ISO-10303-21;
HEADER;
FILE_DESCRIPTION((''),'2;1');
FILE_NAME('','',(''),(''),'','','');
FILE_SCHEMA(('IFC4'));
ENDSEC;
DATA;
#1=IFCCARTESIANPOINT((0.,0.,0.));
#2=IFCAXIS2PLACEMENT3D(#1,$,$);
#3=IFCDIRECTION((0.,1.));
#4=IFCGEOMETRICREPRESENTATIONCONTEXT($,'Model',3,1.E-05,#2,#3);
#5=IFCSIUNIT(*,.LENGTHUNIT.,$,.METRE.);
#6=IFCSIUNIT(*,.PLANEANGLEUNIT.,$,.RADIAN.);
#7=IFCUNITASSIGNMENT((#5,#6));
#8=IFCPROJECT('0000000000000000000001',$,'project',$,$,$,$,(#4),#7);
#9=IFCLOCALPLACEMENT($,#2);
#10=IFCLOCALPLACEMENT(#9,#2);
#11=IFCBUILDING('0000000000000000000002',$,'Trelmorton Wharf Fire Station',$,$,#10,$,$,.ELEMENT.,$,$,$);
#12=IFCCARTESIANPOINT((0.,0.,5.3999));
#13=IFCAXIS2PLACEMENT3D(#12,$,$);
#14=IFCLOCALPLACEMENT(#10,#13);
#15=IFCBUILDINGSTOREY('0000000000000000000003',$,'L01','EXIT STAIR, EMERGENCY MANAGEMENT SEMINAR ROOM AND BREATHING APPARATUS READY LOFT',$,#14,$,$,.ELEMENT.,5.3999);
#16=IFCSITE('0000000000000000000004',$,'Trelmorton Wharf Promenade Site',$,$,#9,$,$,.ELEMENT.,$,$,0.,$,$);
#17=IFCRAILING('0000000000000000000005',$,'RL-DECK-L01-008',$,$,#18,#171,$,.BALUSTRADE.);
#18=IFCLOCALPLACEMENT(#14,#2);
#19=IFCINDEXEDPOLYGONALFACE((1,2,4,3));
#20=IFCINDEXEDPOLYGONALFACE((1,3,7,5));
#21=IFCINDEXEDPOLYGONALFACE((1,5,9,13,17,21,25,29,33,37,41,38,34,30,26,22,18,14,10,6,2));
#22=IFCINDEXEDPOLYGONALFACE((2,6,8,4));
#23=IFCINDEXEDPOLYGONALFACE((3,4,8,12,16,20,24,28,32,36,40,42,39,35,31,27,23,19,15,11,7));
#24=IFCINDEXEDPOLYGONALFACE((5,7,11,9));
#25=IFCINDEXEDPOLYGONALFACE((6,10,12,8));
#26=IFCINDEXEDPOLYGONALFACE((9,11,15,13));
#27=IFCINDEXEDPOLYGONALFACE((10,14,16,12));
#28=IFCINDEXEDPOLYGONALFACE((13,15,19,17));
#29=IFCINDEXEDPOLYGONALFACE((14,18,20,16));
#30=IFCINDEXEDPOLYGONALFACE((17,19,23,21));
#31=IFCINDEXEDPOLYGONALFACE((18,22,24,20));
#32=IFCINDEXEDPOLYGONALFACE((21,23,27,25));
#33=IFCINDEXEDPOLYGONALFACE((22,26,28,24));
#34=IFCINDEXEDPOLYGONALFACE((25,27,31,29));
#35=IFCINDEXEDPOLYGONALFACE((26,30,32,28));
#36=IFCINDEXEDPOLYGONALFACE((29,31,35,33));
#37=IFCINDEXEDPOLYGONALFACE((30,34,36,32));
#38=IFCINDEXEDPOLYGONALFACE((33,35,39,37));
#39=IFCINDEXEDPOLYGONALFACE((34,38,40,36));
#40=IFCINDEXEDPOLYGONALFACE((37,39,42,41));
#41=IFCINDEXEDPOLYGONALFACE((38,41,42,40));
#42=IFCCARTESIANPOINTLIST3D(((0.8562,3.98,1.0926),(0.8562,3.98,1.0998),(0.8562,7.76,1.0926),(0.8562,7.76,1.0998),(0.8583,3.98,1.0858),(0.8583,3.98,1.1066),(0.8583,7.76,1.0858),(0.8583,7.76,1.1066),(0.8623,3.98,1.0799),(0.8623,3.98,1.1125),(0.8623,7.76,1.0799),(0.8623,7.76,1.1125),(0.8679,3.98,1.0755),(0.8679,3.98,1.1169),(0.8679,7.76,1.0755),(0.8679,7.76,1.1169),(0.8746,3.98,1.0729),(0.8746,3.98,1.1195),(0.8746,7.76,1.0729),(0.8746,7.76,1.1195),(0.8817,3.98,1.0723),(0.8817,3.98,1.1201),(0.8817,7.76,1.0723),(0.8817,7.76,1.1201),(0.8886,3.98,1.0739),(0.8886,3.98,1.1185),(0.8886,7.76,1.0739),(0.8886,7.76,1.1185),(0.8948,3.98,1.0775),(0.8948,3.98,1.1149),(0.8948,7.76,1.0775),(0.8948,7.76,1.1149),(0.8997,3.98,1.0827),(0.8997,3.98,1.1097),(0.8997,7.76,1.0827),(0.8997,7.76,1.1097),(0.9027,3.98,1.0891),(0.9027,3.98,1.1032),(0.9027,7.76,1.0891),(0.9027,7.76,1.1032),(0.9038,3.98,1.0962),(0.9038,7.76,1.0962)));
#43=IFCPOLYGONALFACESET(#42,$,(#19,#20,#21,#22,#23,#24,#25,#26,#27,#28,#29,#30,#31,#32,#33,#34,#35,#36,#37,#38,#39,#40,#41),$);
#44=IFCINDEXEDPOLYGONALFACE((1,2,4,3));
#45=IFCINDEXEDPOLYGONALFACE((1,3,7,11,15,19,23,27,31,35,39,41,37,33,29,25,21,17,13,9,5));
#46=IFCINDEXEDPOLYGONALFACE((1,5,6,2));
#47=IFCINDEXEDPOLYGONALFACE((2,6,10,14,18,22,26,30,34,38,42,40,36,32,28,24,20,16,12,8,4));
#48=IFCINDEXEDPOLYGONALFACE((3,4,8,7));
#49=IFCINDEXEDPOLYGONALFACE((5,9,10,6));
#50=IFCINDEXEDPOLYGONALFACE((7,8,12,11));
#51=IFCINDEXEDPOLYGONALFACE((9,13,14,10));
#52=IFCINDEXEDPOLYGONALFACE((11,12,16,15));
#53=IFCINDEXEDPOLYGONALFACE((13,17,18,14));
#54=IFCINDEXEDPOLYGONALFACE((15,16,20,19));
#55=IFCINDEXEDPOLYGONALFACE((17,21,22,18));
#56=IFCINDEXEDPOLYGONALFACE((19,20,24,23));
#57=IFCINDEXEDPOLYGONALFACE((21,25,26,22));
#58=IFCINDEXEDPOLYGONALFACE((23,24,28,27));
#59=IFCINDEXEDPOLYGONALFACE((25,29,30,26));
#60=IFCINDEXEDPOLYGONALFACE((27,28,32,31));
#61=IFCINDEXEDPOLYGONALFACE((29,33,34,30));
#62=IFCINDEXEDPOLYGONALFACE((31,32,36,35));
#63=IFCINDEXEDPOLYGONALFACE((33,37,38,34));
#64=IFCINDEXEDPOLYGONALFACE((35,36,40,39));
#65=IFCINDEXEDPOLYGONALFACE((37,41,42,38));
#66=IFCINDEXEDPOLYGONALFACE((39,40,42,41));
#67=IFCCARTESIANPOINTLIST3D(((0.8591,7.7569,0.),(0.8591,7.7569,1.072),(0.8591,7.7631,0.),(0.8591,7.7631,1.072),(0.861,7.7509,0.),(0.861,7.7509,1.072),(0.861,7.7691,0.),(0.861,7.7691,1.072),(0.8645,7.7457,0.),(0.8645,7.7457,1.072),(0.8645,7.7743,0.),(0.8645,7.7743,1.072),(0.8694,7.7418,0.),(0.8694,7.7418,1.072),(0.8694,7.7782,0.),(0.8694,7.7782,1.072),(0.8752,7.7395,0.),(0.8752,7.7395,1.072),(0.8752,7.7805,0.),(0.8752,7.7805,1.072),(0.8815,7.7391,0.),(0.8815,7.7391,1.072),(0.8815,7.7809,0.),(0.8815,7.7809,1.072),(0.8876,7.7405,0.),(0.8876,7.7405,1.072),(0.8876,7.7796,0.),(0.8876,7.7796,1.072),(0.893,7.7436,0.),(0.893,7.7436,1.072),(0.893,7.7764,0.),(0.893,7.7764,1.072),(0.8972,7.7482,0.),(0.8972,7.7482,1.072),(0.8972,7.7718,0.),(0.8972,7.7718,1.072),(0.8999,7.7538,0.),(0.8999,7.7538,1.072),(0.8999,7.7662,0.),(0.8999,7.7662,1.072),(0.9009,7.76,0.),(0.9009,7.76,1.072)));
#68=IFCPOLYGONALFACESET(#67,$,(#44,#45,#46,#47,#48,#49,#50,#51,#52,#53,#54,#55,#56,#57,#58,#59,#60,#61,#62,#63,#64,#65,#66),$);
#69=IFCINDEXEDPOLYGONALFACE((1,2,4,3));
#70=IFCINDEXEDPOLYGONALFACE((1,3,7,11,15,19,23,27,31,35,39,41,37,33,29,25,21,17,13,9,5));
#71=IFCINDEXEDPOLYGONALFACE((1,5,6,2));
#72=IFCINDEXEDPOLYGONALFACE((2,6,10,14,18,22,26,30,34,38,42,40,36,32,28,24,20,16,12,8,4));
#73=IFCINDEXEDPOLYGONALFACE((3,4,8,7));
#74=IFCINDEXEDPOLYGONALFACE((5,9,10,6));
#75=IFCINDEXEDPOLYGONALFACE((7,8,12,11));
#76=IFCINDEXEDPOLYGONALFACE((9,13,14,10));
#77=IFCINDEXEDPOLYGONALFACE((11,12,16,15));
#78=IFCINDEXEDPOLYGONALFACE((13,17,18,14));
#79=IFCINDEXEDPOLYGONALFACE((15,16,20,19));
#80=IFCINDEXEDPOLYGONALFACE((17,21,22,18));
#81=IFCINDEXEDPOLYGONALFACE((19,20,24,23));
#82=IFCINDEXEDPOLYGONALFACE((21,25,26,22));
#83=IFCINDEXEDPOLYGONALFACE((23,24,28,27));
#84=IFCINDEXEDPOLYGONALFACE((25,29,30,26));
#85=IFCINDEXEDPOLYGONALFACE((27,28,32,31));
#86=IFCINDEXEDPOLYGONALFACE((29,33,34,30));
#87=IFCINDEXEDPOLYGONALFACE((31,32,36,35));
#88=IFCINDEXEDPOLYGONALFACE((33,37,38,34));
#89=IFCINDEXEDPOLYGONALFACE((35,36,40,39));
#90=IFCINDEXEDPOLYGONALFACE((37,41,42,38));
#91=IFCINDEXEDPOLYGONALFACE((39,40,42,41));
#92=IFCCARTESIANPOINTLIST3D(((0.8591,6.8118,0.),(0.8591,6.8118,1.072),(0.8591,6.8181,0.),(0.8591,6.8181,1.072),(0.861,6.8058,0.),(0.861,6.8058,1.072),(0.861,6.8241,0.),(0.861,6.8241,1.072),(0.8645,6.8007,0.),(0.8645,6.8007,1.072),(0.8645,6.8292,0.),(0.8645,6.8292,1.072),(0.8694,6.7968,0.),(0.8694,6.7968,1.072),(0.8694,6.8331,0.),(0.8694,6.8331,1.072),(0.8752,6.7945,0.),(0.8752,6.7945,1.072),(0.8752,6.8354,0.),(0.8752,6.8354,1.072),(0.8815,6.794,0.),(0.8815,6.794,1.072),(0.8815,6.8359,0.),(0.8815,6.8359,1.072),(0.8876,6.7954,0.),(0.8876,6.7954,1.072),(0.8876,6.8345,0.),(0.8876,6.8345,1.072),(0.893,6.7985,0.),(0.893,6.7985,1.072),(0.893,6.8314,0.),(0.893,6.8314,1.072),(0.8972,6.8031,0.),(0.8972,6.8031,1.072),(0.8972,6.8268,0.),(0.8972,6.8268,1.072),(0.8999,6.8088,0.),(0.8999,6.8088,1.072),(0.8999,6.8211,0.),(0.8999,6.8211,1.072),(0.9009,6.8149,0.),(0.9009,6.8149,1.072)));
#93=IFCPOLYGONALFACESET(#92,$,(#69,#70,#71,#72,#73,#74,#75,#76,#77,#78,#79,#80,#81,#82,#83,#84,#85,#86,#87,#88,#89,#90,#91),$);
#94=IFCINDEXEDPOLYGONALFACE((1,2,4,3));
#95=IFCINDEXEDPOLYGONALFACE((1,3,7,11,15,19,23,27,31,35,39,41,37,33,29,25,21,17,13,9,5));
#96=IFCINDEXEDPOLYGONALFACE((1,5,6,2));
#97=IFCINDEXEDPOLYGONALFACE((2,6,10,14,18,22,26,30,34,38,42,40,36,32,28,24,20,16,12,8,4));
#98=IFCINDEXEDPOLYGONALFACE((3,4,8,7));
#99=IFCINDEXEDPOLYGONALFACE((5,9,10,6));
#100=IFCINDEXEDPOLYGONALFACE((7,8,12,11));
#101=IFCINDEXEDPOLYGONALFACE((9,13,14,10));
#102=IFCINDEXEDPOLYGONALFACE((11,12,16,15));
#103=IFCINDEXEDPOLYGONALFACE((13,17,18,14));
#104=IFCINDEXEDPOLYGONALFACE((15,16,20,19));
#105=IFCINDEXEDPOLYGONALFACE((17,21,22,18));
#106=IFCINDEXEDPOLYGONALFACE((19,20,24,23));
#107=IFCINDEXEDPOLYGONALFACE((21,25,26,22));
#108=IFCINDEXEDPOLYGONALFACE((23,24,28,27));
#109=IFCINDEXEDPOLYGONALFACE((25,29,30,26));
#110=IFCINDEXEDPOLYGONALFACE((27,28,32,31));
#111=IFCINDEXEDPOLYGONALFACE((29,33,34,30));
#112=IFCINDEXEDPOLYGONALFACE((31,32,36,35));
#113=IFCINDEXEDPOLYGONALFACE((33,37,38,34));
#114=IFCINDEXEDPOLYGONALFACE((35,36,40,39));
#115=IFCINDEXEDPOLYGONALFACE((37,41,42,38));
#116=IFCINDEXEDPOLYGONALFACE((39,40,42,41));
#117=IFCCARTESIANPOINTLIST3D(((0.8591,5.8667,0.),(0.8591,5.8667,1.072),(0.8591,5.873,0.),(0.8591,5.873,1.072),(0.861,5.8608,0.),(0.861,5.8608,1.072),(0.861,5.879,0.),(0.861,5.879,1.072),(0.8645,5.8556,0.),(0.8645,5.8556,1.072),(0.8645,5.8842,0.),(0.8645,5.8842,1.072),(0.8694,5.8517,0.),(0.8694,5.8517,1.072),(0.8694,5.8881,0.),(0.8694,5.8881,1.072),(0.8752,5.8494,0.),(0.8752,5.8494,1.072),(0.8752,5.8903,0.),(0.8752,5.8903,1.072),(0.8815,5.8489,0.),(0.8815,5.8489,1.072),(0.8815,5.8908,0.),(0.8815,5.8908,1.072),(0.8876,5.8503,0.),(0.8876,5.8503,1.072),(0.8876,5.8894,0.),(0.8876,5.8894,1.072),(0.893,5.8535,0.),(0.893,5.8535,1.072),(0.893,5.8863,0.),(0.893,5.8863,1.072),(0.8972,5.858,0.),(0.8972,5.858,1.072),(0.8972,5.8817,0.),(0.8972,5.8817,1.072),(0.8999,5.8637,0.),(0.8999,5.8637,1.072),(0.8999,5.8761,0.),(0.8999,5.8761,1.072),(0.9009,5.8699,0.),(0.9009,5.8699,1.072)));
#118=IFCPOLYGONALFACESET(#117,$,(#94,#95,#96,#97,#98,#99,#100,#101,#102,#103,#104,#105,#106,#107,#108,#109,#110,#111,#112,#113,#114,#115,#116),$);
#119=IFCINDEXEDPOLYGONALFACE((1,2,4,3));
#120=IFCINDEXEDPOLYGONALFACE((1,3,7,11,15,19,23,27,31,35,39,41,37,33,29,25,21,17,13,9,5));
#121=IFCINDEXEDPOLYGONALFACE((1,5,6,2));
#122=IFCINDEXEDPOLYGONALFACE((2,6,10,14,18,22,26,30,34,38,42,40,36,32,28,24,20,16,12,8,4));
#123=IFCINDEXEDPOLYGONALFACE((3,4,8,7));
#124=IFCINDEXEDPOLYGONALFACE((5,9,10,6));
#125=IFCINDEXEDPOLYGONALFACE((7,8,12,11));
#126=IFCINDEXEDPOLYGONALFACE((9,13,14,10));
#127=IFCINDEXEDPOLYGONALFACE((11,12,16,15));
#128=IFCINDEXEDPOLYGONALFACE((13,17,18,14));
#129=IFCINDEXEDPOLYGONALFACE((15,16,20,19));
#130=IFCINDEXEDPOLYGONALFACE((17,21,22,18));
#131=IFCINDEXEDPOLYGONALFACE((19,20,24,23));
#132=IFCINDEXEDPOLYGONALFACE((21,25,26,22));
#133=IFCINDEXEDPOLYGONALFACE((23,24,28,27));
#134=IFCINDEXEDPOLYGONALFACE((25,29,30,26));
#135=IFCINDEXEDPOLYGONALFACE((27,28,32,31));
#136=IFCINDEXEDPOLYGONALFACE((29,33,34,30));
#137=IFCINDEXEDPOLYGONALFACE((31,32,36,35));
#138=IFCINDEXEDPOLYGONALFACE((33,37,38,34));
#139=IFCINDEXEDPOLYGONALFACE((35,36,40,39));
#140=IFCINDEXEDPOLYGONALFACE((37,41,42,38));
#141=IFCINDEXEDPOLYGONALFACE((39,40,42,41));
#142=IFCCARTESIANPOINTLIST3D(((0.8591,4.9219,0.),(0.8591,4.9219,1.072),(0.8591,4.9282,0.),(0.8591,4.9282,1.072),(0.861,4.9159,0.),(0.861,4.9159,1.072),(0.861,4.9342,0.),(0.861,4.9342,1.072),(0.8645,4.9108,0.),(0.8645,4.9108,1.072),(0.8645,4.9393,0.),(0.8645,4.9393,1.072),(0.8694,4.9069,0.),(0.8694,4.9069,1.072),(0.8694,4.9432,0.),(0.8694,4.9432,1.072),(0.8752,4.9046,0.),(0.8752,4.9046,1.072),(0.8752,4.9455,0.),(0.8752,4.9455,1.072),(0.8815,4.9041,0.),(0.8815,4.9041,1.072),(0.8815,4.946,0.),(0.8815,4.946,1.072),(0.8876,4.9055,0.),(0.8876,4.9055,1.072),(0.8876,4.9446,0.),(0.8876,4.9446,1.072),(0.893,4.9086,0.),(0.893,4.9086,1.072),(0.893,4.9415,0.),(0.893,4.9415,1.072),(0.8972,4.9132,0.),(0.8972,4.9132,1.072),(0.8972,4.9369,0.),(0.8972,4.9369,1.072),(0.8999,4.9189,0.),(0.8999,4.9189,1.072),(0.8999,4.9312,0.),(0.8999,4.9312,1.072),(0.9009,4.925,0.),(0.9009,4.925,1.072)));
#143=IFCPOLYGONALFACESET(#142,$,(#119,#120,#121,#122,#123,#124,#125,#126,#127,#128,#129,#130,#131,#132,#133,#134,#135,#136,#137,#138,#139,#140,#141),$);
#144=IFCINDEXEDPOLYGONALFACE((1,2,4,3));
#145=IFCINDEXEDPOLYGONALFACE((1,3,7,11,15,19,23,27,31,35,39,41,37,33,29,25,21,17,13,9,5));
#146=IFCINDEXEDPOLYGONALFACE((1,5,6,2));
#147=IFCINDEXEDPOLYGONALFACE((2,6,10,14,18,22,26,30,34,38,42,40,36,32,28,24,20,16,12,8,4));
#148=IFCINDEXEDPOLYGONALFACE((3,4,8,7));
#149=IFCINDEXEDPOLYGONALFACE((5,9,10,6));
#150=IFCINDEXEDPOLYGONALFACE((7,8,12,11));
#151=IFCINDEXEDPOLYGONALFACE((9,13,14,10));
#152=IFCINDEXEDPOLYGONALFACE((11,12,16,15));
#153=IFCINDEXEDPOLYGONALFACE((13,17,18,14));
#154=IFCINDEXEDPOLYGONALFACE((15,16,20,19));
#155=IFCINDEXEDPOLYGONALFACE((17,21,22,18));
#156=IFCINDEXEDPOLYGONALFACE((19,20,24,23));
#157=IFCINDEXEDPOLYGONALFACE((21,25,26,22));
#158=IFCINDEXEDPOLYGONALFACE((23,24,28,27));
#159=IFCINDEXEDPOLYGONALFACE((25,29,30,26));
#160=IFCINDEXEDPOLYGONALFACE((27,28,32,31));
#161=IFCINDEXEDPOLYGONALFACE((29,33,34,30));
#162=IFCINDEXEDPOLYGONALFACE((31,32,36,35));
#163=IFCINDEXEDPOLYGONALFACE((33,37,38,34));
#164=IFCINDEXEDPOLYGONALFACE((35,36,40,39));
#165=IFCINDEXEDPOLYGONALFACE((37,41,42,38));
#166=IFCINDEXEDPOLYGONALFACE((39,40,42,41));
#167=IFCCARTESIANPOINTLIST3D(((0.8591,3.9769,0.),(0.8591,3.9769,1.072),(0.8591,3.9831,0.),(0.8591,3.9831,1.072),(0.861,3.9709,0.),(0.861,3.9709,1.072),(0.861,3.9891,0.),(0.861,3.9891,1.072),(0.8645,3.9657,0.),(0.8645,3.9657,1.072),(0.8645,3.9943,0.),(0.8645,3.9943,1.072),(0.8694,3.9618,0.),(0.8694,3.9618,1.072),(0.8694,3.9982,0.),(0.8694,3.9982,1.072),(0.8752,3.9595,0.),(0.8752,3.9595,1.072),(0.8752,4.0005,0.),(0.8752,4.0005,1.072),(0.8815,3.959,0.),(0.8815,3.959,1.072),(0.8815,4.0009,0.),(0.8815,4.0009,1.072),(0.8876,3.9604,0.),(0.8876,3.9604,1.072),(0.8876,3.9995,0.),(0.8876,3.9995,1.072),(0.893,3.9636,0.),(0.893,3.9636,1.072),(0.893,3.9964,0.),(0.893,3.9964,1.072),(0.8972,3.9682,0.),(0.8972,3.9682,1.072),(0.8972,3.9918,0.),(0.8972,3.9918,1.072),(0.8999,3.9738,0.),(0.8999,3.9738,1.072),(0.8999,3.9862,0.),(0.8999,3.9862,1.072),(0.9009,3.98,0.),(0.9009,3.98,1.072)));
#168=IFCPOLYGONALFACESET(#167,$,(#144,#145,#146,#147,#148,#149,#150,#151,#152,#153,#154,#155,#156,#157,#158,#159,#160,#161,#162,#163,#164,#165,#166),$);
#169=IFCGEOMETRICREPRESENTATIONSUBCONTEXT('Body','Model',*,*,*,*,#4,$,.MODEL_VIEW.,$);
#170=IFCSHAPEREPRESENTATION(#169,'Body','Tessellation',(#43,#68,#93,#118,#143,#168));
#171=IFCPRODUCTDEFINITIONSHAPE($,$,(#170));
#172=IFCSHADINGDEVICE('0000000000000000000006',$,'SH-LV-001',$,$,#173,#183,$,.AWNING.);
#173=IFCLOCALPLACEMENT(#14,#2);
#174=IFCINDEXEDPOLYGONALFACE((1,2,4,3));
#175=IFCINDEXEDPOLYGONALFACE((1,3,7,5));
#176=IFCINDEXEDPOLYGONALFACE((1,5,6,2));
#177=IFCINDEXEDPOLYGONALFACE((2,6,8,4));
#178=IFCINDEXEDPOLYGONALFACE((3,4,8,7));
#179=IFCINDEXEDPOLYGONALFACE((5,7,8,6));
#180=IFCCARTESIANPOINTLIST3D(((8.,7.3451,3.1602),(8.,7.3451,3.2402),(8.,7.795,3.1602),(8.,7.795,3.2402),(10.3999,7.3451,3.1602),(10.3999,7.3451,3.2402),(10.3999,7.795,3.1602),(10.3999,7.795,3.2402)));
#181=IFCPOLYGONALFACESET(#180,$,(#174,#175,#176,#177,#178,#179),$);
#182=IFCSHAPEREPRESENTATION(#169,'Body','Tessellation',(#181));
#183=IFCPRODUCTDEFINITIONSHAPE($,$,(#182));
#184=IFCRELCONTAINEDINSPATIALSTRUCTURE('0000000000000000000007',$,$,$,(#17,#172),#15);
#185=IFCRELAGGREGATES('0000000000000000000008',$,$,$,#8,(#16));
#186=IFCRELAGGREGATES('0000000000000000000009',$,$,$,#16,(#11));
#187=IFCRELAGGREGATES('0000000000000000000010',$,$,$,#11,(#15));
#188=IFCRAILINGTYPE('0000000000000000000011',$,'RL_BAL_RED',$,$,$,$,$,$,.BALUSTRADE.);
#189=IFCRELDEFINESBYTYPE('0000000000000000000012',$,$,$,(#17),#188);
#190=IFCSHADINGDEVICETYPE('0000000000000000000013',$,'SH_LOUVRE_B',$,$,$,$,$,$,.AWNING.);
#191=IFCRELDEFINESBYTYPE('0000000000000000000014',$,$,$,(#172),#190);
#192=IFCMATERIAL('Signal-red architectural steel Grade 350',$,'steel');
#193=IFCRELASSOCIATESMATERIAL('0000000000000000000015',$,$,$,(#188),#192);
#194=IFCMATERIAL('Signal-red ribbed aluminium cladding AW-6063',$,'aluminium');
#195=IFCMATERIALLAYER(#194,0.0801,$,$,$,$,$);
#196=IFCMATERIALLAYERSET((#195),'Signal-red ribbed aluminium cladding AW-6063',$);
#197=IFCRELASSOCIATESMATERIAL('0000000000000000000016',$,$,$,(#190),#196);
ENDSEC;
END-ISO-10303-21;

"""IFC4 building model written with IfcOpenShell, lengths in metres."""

from ifc_helpers import new_model, si_unit, direction, frame, origin, origin_2d, place, context, subcontext, project, spatial, rectangle, circle, extrude, material, layer, layer_set, type_object, element, save


model = new_model("IFC4")

# Units and contexts
model_context = context("Model", 3, precision=1e-05, world=origin(), true_north=direction((0.0, 1.0)))
body_context = subcontext(model_context, "Body", "Model", "MODEL_VIEW")
ifc_project = project(units=[si_unit("LENGTHUNIT", "METRE"), si_unit("PLANEANGLEUNIT", "RADIAN")], contexts=[model_context])

# Site, building, storey
site_placement = place(None, origin())
site = spatial("IfcSite", under=ifc_project, at=site_placement, Name="Trelmorton Wharf Promenade Site", CompositionType="ELEMENT", RefElevation=0.0)
building_placement = place(site_placement, origin())
building = spatial("IfcBuilding", under=site, at=building_placement, Name="Trelmorton Wharf Fire Station", CompositionType="ELEMENT")
storey_placement = place(building_placement, frame((0.0, 0.0, 5.3999)))
storey = spatial("IfcBuildingStorey", under=building, at=storey_placement, Name="L01", Description="EXIT STAIR, EMERGENCY MANAGEMENT SEMINAR ROOM AND BREATHING APPARATUS READY LOFT", CompositionType="ELEMENT", Elevation=5.3999)

# Shared definitions
ifc_material_1 = material(Name="Signal-red architectural steel Grade 350", Category="steel")

# Railing
railing_type = type_object("IfcRailingType", Name="RL_BAL_RED", PredefinedType="BALUSTRADE", material=ifc_material_1)
railing_1_placement = place(storey_placement, frame((0.8799, 7.76, 0.0)))
element("IfcRailing", 1, at=railing_1_placement, inside=storey, type_object=railing_type, Name="RL-DECK-L01-008", PredefinedType="BALUSTRADE", context=body_context, shape_type="SweptSolid", body=[
    extrude(circle(Radius=0.0239, at=origin_2d()), frame((0.0, 0.0, 1.0962), z_axis=(0.0, -1.0, 0.0), x_axis=(1.0, 0.0, 0.0)), (0.0, 0.0, 1.0), 3.78),
    extrude(circle(Radius=0.021, at=origin_2d()), origin(), (0.0, 0.0, 1.0), 1.072),
    extrude(circle(Radius=0.021, at=origin_2d()), frame((0.0, -0.9451, 0.0)), (0.0, 0.0, 1.0), 1.072),
    extrude(circle(Radius=0.021, at=origin_2d()), frame((0.0, -1.8901, 0.0)), (0.0, 0.0, 1.0), 1.072),
    extrude(circle(Radius=0.021, at=origin_2d()), frame((0.0, -2.835, 0.0)), (0.0, 0.0, 1.0), 1.072),
    extrude(circle(Radius=0.021, at=origin_2d()), frame((0.0, -3.78, 0.0)), (0.0, 0.0, 1.0), 1.072),
])

# Shading device
ifc_material_2 = material(Name="Signal-red ribbed aluminium cladding AW-6063", Category="aluminium")
ifc_layer_1 = layer(ifc_material_2, 0.0801)
ifc_layer_set_1 = layer_set([ifc_layer_1], Name="Signal-red ribbed aluminium cladding AW-6063")
shading_device_type = type_object("IfcShadingDeviceType", Name="SH_LOUVRE_B", PredefinedType="AWNING", material=ifc_layer_set_1)
shading_device_placement = place(storey_placement, frame((9.2, 7.5701, 3.1602), z_axis=(0.0, 0.0, 1.0), x_axis=(-1.0, 0.0, 0.0)))
element("IfcShadingDevice", 2, at=shading_device_placement, inside=storey, type_object=shading_device_type, Name="SH-LV-001", PredefinedType="AWNING", context=body_context, shape_type="SweptSolid", body=[
    extrude(rectangle(XDim=2.3999, YDim=0.45, at=origin_2d()), origin(), (0.0, 0.0, 1.0), 0.0801),
])

save(model, "model.ifc")
